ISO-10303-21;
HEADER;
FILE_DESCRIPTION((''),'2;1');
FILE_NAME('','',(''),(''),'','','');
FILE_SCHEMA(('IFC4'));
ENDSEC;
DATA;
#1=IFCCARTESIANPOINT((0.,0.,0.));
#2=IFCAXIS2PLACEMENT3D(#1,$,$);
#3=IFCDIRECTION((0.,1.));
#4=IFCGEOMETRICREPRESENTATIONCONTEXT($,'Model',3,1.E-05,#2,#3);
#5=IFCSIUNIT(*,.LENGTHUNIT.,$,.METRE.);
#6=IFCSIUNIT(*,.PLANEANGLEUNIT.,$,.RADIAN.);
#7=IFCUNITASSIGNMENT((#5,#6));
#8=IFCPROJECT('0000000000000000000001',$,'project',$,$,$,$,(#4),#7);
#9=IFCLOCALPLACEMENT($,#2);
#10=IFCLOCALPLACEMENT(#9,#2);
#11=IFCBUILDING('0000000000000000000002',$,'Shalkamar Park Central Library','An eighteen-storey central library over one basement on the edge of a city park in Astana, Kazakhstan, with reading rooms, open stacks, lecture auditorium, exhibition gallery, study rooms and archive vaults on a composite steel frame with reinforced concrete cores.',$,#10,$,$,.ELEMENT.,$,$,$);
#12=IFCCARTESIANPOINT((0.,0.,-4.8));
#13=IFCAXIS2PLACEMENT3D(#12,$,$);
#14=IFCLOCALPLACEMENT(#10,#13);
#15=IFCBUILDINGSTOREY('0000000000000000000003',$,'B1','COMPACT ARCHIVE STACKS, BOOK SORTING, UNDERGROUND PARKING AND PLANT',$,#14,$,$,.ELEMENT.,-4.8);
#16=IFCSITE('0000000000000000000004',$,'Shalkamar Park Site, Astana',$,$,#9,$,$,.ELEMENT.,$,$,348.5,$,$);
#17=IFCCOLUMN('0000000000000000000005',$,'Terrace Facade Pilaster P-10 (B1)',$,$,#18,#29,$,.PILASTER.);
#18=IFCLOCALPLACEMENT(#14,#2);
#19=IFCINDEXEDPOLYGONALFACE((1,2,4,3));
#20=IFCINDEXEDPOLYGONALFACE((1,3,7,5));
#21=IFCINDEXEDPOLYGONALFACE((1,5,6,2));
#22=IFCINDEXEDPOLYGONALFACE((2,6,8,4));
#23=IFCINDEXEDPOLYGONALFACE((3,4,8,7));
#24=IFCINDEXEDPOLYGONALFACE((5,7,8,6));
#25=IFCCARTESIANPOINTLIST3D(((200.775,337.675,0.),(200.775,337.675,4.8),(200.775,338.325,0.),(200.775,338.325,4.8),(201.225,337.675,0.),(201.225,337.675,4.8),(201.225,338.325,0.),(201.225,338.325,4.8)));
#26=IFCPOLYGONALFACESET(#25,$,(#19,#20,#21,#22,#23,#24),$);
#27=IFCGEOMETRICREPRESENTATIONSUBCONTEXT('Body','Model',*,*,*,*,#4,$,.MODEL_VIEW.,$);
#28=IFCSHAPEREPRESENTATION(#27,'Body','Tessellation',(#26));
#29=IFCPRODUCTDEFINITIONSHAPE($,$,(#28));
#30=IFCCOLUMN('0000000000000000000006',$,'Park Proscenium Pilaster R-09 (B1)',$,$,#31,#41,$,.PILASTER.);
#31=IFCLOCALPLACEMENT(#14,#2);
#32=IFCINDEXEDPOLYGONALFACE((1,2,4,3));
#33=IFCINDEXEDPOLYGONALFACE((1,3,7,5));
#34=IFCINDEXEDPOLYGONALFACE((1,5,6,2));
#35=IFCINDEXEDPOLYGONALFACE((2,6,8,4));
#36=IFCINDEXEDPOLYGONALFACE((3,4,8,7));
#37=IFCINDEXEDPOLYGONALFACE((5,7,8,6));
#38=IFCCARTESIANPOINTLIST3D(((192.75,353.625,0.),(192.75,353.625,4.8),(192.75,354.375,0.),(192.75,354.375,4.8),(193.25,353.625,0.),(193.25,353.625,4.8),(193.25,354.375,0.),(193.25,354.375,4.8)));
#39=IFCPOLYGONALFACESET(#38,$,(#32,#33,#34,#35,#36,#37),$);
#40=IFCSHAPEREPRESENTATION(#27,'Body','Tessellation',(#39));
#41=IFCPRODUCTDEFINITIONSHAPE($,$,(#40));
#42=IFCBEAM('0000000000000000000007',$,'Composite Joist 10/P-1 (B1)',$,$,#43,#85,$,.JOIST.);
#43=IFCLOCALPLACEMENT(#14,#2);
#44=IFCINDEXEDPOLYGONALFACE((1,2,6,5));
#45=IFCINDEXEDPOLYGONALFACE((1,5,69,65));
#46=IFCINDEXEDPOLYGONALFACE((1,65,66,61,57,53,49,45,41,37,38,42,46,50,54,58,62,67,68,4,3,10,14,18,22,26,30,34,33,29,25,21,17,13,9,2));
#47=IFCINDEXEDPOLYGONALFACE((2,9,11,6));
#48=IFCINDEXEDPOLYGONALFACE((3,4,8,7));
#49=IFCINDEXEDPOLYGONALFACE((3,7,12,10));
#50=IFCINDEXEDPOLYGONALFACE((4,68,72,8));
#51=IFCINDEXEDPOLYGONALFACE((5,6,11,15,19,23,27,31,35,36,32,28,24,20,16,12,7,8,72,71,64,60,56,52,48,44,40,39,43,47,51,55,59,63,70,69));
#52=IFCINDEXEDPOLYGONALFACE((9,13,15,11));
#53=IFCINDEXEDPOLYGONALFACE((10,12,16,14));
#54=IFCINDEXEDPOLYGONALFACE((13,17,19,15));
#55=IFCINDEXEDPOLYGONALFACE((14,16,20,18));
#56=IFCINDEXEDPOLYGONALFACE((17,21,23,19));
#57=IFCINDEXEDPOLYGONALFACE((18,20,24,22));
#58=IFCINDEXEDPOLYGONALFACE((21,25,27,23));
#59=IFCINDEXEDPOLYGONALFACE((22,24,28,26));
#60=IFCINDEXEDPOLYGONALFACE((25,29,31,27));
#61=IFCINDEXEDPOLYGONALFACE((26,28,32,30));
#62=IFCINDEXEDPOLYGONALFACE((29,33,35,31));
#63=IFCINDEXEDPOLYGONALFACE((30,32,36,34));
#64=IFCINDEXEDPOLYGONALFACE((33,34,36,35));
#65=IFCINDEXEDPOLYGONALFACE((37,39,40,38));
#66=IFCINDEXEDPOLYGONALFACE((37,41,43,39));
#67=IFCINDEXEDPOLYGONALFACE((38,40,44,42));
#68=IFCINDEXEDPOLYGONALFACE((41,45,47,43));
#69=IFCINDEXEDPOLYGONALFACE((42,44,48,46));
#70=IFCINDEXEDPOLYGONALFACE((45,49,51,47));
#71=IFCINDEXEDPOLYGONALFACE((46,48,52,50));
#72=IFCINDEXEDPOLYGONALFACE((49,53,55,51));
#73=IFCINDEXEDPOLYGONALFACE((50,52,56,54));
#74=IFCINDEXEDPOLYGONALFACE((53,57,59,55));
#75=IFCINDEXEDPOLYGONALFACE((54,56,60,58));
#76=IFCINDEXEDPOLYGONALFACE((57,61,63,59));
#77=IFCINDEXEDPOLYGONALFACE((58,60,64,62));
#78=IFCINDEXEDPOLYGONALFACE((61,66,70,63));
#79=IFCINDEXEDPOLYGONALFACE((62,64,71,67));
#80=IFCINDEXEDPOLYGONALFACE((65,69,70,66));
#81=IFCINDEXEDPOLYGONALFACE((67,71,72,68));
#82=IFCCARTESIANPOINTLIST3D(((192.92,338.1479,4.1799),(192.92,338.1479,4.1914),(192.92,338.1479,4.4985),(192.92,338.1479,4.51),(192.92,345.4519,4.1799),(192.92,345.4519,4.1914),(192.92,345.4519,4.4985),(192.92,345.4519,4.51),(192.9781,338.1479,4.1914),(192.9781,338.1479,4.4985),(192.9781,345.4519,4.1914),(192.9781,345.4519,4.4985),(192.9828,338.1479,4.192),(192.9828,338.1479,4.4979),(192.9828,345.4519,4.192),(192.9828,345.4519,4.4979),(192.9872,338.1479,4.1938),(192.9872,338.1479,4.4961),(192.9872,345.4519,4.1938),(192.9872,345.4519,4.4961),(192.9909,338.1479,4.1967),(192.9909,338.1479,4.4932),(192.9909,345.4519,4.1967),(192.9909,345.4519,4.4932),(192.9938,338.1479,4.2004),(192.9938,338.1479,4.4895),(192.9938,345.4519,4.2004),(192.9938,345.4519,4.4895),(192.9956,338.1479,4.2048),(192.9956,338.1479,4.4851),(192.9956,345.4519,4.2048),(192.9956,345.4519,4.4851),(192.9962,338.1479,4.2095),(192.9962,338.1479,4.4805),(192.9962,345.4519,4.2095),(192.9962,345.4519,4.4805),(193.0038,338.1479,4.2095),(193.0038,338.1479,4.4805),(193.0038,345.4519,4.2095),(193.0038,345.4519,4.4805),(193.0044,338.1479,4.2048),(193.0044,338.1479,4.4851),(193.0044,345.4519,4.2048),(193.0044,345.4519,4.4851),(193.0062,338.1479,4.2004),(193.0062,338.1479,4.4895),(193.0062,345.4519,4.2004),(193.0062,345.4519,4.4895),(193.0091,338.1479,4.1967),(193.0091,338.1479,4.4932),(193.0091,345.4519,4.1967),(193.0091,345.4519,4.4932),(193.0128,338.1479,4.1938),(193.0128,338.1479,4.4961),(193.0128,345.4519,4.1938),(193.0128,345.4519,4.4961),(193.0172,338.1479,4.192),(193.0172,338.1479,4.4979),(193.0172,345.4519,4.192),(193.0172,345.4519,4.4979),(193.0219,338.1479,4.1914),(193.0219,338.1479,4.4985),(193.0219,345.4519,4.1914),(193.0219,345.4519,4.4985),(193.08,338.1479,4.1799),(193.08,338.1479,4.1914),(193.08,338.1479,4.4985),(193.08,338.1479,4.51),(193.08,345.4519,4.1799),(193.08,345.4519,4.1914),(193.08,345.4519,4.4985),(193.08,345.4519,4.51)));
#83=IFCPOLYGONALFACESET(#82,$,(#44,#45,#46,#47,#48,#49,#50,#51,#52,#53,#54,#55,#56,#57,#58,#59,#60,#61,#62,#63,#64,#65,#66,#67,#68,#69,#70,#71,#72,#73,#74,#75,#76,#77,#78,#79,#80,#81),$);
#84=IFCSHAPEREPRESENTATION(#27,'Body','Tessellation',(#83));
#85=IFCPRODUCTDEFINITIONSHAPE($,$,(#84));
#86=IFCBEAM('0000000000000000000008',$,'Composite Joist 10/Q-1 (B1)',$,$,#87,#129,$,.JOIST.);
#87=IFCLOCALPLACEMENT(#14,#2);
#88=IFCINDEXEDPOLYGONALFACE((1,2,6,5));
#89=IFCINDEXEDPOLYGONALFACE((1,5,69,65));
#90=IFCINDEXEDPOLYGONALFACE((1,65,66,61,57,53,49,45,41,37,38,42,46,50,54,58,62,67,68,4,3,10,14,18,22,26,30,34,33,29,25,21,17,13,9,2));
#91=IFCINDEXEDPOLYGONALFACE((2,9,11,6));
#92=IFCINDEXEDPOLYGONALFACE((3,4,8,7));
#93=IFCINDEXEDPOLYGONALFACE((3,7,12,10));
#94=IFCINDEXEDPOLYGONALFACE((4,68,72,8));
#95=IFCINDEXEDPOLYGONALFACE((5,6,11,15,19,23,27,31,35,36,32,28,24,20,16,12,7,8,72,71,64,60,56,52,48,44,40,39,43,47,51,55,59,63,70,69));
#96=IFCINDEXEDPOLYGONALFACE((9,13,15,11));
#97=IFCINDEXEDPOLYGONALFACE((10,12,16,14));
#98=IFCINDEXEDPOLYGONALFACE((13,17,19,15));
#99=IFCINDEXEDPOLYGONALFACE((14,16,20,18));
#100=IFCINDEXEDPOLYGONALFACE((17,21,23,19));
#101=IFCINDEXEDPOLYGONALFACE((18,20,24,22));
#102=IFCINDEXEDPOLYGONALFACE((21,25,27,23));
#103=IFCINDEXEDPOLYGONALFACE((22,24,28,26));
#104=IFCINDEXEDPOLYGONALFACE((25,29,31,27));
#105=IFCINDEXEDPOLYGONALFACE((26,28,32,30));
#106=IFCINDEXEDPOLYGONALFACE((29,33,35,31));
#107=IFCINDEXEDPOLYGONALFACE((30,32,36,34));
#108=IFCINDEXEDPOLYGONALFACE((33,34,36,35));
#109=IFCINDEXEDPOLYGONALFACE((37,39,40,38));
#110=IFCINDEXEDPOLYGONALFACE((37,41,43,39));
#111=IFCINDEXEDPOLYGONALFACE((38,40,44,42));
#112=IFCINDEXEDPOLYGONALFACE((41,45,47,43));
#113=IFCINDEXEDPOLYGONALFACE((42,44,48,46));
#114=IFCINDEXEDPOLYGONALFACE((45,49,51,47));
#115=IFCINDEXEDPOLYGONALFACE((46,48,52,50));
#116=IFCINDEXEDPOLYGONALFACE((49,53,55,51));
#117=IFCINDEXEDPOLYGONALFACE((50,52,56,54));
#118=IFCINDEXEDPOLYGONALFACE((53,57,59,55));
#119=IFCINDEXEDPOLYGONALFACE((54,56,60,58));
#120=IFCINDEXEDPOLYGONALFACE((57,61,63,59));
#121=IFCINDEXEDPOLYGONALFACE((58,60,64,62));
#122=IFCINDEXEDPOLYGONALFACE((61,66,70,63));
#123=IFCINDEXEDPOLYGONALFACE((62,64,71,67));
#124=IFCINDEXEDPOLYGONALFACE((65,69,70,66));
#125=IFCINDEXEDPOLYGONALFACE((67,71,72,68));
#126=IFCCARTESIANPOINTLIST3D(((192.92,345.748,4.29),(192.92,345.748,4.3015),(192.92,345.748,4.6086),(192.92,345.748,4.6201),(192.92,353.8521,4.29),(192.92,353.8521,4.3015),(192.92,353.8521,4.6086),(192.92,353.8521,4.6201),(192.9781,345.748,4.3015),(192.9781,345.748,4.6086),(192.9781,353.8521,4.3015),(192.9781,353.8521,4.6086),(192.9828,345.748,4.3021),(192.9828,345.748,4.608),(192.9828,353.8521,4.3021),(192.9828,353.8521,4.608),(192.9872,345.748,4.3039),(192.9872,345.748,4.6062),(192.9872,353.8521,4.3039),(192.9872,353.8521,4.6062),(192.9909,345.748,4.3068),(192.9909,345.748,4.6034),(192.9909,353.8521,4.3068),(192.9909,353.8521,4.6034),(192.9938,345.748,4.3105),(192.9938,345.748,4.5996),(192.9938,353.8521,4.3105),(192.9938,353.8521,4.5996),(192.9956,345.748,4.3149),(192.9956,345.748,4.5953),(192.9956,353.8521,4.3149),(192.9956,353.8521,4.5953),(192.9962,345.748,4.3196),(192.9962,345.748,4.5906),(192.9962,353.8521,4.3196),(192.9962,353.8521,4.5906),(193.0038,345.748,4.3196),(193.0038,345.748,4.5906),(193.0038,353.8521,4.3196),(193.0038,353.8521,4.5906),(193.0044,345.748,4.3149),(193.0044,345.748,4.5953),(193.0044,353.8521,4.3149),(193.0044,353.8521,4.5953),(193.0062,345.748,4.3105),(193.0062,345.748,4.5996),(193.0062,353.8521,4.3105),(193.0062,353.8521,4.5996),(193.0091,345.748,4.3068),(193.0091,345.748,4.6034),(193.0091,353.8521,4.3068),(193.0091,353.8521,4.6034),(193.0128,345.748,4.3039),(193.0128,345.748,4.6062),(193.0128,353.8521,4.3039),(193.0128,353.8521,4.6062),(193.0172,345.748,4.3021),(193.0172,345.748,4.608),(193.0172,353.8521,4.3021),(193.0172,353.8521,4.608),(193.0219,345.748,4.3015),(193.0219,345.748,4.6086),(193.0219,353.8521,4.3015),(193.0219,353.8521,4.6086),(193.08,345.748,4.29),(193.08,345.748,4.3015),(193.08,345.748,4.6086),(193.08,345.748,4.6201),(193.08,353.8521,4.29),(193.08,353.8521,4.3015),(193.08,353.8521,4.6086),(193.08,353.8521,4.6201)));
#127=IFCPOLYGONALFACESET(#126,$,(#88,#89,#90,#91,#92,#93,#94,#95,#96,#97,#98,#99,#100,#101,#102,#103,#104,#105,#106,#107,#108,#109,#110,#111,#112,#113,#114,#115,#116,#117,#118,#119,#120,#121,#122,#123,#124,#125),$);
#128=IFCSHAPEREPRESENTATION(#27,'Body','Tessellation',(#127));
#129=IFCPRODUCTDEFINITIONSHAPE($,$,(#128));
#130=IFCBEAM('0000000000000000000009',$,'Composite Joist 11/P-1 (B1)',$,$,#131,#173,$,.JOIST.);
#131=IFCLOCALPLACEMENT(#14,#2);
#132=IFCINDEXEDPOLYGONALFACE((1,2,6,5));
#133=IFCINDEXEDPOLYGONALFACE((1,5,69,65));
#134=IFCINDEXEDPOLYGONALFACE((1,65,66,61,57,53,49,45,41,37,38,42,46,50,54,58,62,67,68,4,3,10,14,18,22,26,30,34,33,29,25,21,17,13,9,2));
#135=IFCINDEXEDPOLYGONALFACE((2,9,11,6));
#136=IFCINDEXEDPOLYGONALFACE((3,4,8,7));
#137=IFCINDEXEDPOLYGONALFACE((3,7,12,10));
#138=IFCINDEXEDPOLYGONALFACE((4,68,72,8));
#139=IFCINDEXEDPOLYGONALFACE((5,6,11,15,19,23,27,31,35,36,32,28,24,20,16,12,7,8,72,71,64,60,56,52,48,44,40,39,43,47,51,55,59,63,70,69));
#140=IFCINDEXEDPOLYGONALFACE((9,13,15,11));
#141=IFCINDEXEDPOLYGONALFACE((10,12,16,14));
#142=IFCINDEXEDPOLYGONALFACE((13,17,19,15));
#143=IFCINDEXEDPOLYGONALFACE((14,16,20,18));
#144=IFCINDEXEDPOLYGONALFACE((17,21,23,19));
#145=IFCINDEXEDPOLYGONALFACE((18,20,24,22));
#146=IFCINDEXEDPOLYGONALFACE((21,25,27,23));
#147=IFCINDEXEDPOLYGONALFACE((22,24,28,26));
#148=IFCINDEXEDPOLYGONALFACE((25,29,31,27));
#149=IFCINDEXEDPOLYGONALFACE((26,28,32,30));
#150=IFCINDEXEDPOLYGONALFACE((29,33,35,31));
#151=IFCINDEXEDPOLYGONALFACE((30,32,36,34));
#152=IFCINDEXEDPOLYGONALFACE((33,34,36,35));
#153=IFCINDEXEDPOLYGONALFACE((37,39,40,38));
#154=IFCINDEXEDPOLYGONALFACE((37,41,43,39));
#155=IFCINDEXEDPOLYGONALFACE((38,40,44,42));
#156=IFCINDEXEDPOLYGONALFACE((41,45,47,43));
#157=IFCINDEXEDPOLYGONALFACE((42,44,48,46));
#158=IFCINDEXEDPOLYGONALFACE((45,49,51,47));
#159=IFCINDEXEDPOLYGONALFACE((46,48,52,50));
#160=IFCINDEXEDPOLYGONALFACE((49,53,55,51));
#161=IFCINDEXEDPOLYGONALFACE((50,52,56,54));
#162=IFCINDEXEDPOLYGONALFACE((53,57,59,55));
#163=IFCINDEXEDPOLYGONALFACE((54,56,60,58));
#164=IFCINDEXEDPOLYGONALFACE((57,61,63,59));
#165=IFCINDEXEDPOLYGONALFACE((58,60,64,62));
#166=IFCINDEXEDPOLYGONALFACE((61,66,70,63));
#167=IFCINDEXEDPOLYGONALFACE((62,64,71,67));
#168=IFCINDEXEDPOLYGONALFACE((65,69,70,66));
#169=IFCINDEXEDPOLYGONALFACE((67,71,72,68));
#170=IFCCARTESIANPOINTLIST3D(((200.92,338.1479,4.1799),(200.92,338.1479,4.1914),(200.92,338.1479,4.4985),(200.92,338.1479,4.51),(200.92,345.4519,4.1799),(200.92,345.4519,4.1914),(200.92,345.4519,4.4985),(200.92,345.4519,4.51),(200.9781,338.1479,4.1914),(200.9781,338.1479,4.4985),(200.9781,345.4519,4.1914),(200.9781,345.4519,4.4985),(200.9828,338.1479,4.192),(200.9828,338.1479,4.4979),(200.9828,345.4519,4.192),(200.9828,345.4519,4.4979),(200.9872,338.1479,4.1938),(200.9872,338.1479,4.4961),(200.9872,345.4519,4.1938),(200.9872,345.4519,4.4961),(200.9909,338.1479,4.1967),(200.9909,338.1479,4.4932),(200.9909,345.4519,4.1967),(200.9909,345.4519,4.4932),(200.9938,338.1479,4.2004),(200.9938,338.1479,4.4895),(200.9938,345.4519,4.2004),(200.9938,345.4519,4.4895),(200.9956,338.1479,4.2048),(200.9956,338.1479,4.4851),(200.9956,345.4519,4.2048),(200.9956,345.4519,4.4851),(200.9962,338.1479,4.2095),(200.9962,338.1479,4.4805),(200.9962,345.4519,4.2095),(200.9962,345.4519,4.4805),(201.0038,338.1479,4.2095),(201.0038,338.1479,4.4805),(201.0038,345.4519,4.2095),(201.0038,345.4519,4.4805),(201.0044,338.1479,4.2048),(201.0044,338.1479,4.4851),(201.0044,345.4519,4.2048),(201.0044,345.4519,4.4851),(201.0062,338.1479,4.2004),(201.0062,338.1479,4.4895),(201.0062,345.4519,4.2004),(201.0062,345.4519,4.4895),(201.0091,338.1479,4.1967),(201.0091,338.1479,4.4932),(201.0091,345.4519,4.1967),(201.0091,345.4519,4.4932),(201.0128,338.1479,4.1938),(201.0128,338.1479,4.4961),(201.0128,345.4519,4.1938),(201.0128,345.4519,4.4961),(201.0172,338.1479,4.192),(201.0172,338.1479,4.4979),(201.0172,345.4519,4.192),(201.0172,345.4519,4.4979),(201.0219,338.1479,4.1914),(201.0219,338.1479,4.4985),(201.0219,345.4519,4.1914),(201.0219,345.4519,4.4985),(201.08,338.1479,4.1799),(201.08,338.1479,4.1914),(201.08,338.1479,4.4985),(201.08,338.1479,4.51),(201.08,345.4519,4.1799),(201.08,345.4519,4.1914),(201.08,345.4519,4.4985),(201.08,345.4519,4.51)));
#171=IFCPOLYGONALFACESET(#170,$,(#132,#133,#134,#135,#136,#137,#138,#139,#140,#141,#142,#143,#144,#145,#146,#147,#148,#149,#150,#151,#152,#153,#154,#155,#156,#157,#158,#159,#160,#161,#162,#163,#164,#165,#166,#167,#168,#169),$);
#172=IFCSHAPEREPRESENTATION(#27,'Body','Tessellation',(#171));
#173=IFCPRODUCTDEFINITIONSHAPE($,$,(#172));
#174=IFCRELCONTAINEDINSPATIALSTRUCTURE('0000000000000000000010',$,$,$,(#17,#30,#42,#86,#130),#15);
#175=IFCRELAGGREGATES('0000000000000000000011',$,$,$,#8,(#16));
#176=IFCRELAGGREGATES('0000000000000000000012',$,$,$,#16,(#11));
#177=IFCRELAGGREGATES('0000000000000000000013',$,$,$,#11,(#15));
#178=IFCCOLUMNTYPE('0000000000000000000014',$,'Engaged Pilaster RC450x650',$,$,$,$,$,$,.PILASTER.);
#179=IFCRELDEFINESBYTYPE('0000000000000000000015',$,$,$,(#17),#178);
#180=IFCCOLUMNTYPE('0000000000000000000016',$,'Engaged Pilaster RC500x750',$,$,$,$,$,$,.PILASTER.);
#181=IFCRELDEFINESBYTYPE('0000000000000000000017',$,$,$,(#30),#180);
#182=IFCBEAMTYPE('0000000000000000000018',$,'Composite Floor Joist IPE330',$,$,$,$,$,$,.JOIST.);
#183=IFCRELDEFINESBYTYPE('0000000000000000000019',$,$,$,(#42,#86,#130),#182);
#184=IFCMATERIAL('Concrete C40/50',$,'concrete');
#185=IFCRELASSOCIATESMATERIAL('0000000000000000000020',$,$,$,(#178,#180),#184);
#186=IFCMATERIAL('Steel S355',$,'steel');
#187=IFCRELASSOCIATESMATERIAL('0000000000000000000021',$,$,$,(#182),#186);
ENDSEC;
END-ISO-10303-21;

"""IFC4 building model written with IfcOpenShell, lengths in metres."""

from ifc_helpers import new_model, si_unit, direction, frame, origin, origin_2d, place, context, subcontext, project, spatial, rectangle, i_section, extrude, material, material_profile, profile_set, type_object, element, save


model = new_model("IFC4")

# Units and contexts
model_context = context("Model", 3, precision=1e-05, world=origin(), true_north=direction((0.0, 1.0)))
body_context = subcontext(model_context, "Body", "Model", "MODEL_VIEW")
ifc_project = project(units=[si_unit("LENGTHUNIT", "METRE"), si_unit("PLANEANGLEUNIT", "RADIAN")], contexts=[model_context])

# Site, building, storey
site_placement = place(None, origin())
site = spatial("IfcSite", under=ifc_project, at=site_placement, Name="Shalkamar Park Site, Astana", CompositionType="ELEMENT", RefElevation=348.5)
building_placement = place(site_placement, origin())
building = spatial("IfcBuilding", under=site, at=building_placement, Name="Shalkamar Park Central Library", Description="An eighteen-storey central library over one basement on the edge of a city park in Astana, Kazakhstan, with reading rooms, open stacks, lecture auditorium, exhibition gallery, study rooms and archive vaults on a composite steel frame with reinforced concrete cores.", CompositionType="ELEMENT")
storey_placement = place(building_placement, frame((0.0, 0.0, -4.8)))
storey = spatial("IfcBuildingStorey", under=building, at=storey_placement, Name="B1", Description="COMPACT ARCHIVE STACKS, BOOK SORTING, UNDERGROUND PARKING AND PLANT", CompositionType="ELEMENT", Elevation=-4.8)

# Columns
ifc_material_1 = material(Name="Concrete C40/50", Category="concrete")
ifc_material_profile_1 = material_profile(ifc_material_1, rectangle(XDim=0.45, YDim=0.6499, at=origin_2d()), Name="RC 450x650")
ifc_profile_set_1 = profile_set([ifc_material_profile_1], Name="Concrete C40/50")
column_type_1 = type_object("IfcColumnType", Name="Engaged Pilaster RC450x650", PredefinedType="PILASTER", material=ifc_profile_set_1)
column_1_placement = place(storey_placement, frame((201.0, 338.0, 0.0), z_axis=(0.0, 0.0, 1.0), x_axis=(1.0, 0.0, 0.0)))
element("IfcColumn", 1, at=column_1_placement, inside=storey, type_object=column_type_1, Name="Terrace Facade Pilaster P-10 (B1)", PredefinedType="PILASTER", context=body_context, shape_type="SweptSolid", body=[
    extrude(rectangle(XDim=0.45, YDim=0.6499, at=origin_2d()), origin(), (0.0, 0.0, 1.0), 4.8),
])
ifc_material_profile_2 = material_profile(ifc_material_1, rectangle(XDim=0.5, YDim=0.75, at=origin_2d()), Name="RC 500x750")
ifc_profile_set_2 = profile_set([ifc_material_profile_2], Name="Concrete C40/50")
column_type_2 = type_object("IfcColumnType", Name="Engaged Pilaster RC500x750", PredefinedType="PILASTER", material=ifc_profile_set_2)
column_2_placement = place(storey_placement, frame((193.0, 354.0, 0.0), z_axis=(0.0, 0.0, 1.0), x_axis=(1.0, 0.0, 0.0)))
element("IfcColumn", 2, at=column_2_placement, inside=storey, type_object=column_type_2, Name="Park Proscenium Pilaster R-09 (B1)", PredefinedType="PILASTER", context=body_context, shape_type="SweptSolid", body=[
    extrude(rectangle(XDim=0.5, YDim=0.75, at=origin_2d()), origin(), (0.0, 0.0, 1.0), 4.8),
])

# Beams
ifc_material_2 = material(Name="Steel S355", Category="steel")
ifc_material_profile_3 = material_profile(ifc_material_2, i_section(OverallWidth=0.1599, OverallDepth=0.3301, WebThickness=0.0076, FlangeThickness=0.0115, FilletRadius=0.0181, at=origin_2d()), Name="IPE 330")
ifc_profile_set_3 = profile_set([ifc_material_profile_3], Name="Steel S355")
beam_type_1 = type_object("IfcBeamType", Name="Composite Floor Joist IPE330", PredefinedType="JOIST", material=ifc_profile_set_3)
beam_1_placement = place(storey_placement, frame((193.0, 338.1479, 4.345), z_axis=(0.0, 1.0, 0.0), x_axis=(-1.0, 0.0, 0.0)))
element("IfcBeam", 3, at=beam_1_placement, inside=storey, type_object=beam_type_1, Name="Composite Joist 10/P-1 (B1)", PredefinedType="JOIST", context=body_context, shape_type="SweptSolid", body=[
    extrude(i_section(OverallWidth=0.1599, OverallDepth=0.3301, WebThickness=0.0076, FlangeThickness=0.0115, FilletRadius=0.0181, at=origin_2d()), origin(), (0.0, 0.0, 1.0), 7.304),
])
beam_2_placement = place(storey_placement, frame((193.0, 345.748, 4.4551), z_axis=(0.0, 1.0, 0.0), x_axis=(-1.0, 0.0, 0.0)))
element("IfcBeam", 4, at=beam_2_placement, inside=storey, type_object=beam_type_1, Name="Composite Joist 10/Q-1 (B1)", PredefinedType="JOIST", context=body_context, shape_type="SweptSolid", body=[
    extrude(i_section(OverallWidth=0.1599, OverallDepth=0.3301, WebThickness=0.0076, FlangeThickness=0.0115, FilletRadius=0.0181, at=origin_2d()), origin(), (0.0, 0.0, 1.0), 8.104),
])
beam_3_placement = place(storey_placement, frame((201.0, 338.1479, 4.345), z_axis=(0.0, 1.0, 0.0), x_axis=(-1.0, 0.0, 0.0)))
element("IfcBeam", 5, at=beam_3_placement, inside=storey, type_object=beam_type_1, Name="Composite Joist 11/P-1 (B1)", PredefinedType="JOIST", context=body_context, shape_type="SweptSolid", body=[
    extrude(i_section(OverallWidth=0.1599, OverallDepth=0.3301, WebThickness=0.0076, FlangeThickness=0.0115, FilletRadius=0.0181, at=origin_2d()), origin(), (0.0, 0.0, 1.0), 7.304),
])

save(model, "model.ifc")
